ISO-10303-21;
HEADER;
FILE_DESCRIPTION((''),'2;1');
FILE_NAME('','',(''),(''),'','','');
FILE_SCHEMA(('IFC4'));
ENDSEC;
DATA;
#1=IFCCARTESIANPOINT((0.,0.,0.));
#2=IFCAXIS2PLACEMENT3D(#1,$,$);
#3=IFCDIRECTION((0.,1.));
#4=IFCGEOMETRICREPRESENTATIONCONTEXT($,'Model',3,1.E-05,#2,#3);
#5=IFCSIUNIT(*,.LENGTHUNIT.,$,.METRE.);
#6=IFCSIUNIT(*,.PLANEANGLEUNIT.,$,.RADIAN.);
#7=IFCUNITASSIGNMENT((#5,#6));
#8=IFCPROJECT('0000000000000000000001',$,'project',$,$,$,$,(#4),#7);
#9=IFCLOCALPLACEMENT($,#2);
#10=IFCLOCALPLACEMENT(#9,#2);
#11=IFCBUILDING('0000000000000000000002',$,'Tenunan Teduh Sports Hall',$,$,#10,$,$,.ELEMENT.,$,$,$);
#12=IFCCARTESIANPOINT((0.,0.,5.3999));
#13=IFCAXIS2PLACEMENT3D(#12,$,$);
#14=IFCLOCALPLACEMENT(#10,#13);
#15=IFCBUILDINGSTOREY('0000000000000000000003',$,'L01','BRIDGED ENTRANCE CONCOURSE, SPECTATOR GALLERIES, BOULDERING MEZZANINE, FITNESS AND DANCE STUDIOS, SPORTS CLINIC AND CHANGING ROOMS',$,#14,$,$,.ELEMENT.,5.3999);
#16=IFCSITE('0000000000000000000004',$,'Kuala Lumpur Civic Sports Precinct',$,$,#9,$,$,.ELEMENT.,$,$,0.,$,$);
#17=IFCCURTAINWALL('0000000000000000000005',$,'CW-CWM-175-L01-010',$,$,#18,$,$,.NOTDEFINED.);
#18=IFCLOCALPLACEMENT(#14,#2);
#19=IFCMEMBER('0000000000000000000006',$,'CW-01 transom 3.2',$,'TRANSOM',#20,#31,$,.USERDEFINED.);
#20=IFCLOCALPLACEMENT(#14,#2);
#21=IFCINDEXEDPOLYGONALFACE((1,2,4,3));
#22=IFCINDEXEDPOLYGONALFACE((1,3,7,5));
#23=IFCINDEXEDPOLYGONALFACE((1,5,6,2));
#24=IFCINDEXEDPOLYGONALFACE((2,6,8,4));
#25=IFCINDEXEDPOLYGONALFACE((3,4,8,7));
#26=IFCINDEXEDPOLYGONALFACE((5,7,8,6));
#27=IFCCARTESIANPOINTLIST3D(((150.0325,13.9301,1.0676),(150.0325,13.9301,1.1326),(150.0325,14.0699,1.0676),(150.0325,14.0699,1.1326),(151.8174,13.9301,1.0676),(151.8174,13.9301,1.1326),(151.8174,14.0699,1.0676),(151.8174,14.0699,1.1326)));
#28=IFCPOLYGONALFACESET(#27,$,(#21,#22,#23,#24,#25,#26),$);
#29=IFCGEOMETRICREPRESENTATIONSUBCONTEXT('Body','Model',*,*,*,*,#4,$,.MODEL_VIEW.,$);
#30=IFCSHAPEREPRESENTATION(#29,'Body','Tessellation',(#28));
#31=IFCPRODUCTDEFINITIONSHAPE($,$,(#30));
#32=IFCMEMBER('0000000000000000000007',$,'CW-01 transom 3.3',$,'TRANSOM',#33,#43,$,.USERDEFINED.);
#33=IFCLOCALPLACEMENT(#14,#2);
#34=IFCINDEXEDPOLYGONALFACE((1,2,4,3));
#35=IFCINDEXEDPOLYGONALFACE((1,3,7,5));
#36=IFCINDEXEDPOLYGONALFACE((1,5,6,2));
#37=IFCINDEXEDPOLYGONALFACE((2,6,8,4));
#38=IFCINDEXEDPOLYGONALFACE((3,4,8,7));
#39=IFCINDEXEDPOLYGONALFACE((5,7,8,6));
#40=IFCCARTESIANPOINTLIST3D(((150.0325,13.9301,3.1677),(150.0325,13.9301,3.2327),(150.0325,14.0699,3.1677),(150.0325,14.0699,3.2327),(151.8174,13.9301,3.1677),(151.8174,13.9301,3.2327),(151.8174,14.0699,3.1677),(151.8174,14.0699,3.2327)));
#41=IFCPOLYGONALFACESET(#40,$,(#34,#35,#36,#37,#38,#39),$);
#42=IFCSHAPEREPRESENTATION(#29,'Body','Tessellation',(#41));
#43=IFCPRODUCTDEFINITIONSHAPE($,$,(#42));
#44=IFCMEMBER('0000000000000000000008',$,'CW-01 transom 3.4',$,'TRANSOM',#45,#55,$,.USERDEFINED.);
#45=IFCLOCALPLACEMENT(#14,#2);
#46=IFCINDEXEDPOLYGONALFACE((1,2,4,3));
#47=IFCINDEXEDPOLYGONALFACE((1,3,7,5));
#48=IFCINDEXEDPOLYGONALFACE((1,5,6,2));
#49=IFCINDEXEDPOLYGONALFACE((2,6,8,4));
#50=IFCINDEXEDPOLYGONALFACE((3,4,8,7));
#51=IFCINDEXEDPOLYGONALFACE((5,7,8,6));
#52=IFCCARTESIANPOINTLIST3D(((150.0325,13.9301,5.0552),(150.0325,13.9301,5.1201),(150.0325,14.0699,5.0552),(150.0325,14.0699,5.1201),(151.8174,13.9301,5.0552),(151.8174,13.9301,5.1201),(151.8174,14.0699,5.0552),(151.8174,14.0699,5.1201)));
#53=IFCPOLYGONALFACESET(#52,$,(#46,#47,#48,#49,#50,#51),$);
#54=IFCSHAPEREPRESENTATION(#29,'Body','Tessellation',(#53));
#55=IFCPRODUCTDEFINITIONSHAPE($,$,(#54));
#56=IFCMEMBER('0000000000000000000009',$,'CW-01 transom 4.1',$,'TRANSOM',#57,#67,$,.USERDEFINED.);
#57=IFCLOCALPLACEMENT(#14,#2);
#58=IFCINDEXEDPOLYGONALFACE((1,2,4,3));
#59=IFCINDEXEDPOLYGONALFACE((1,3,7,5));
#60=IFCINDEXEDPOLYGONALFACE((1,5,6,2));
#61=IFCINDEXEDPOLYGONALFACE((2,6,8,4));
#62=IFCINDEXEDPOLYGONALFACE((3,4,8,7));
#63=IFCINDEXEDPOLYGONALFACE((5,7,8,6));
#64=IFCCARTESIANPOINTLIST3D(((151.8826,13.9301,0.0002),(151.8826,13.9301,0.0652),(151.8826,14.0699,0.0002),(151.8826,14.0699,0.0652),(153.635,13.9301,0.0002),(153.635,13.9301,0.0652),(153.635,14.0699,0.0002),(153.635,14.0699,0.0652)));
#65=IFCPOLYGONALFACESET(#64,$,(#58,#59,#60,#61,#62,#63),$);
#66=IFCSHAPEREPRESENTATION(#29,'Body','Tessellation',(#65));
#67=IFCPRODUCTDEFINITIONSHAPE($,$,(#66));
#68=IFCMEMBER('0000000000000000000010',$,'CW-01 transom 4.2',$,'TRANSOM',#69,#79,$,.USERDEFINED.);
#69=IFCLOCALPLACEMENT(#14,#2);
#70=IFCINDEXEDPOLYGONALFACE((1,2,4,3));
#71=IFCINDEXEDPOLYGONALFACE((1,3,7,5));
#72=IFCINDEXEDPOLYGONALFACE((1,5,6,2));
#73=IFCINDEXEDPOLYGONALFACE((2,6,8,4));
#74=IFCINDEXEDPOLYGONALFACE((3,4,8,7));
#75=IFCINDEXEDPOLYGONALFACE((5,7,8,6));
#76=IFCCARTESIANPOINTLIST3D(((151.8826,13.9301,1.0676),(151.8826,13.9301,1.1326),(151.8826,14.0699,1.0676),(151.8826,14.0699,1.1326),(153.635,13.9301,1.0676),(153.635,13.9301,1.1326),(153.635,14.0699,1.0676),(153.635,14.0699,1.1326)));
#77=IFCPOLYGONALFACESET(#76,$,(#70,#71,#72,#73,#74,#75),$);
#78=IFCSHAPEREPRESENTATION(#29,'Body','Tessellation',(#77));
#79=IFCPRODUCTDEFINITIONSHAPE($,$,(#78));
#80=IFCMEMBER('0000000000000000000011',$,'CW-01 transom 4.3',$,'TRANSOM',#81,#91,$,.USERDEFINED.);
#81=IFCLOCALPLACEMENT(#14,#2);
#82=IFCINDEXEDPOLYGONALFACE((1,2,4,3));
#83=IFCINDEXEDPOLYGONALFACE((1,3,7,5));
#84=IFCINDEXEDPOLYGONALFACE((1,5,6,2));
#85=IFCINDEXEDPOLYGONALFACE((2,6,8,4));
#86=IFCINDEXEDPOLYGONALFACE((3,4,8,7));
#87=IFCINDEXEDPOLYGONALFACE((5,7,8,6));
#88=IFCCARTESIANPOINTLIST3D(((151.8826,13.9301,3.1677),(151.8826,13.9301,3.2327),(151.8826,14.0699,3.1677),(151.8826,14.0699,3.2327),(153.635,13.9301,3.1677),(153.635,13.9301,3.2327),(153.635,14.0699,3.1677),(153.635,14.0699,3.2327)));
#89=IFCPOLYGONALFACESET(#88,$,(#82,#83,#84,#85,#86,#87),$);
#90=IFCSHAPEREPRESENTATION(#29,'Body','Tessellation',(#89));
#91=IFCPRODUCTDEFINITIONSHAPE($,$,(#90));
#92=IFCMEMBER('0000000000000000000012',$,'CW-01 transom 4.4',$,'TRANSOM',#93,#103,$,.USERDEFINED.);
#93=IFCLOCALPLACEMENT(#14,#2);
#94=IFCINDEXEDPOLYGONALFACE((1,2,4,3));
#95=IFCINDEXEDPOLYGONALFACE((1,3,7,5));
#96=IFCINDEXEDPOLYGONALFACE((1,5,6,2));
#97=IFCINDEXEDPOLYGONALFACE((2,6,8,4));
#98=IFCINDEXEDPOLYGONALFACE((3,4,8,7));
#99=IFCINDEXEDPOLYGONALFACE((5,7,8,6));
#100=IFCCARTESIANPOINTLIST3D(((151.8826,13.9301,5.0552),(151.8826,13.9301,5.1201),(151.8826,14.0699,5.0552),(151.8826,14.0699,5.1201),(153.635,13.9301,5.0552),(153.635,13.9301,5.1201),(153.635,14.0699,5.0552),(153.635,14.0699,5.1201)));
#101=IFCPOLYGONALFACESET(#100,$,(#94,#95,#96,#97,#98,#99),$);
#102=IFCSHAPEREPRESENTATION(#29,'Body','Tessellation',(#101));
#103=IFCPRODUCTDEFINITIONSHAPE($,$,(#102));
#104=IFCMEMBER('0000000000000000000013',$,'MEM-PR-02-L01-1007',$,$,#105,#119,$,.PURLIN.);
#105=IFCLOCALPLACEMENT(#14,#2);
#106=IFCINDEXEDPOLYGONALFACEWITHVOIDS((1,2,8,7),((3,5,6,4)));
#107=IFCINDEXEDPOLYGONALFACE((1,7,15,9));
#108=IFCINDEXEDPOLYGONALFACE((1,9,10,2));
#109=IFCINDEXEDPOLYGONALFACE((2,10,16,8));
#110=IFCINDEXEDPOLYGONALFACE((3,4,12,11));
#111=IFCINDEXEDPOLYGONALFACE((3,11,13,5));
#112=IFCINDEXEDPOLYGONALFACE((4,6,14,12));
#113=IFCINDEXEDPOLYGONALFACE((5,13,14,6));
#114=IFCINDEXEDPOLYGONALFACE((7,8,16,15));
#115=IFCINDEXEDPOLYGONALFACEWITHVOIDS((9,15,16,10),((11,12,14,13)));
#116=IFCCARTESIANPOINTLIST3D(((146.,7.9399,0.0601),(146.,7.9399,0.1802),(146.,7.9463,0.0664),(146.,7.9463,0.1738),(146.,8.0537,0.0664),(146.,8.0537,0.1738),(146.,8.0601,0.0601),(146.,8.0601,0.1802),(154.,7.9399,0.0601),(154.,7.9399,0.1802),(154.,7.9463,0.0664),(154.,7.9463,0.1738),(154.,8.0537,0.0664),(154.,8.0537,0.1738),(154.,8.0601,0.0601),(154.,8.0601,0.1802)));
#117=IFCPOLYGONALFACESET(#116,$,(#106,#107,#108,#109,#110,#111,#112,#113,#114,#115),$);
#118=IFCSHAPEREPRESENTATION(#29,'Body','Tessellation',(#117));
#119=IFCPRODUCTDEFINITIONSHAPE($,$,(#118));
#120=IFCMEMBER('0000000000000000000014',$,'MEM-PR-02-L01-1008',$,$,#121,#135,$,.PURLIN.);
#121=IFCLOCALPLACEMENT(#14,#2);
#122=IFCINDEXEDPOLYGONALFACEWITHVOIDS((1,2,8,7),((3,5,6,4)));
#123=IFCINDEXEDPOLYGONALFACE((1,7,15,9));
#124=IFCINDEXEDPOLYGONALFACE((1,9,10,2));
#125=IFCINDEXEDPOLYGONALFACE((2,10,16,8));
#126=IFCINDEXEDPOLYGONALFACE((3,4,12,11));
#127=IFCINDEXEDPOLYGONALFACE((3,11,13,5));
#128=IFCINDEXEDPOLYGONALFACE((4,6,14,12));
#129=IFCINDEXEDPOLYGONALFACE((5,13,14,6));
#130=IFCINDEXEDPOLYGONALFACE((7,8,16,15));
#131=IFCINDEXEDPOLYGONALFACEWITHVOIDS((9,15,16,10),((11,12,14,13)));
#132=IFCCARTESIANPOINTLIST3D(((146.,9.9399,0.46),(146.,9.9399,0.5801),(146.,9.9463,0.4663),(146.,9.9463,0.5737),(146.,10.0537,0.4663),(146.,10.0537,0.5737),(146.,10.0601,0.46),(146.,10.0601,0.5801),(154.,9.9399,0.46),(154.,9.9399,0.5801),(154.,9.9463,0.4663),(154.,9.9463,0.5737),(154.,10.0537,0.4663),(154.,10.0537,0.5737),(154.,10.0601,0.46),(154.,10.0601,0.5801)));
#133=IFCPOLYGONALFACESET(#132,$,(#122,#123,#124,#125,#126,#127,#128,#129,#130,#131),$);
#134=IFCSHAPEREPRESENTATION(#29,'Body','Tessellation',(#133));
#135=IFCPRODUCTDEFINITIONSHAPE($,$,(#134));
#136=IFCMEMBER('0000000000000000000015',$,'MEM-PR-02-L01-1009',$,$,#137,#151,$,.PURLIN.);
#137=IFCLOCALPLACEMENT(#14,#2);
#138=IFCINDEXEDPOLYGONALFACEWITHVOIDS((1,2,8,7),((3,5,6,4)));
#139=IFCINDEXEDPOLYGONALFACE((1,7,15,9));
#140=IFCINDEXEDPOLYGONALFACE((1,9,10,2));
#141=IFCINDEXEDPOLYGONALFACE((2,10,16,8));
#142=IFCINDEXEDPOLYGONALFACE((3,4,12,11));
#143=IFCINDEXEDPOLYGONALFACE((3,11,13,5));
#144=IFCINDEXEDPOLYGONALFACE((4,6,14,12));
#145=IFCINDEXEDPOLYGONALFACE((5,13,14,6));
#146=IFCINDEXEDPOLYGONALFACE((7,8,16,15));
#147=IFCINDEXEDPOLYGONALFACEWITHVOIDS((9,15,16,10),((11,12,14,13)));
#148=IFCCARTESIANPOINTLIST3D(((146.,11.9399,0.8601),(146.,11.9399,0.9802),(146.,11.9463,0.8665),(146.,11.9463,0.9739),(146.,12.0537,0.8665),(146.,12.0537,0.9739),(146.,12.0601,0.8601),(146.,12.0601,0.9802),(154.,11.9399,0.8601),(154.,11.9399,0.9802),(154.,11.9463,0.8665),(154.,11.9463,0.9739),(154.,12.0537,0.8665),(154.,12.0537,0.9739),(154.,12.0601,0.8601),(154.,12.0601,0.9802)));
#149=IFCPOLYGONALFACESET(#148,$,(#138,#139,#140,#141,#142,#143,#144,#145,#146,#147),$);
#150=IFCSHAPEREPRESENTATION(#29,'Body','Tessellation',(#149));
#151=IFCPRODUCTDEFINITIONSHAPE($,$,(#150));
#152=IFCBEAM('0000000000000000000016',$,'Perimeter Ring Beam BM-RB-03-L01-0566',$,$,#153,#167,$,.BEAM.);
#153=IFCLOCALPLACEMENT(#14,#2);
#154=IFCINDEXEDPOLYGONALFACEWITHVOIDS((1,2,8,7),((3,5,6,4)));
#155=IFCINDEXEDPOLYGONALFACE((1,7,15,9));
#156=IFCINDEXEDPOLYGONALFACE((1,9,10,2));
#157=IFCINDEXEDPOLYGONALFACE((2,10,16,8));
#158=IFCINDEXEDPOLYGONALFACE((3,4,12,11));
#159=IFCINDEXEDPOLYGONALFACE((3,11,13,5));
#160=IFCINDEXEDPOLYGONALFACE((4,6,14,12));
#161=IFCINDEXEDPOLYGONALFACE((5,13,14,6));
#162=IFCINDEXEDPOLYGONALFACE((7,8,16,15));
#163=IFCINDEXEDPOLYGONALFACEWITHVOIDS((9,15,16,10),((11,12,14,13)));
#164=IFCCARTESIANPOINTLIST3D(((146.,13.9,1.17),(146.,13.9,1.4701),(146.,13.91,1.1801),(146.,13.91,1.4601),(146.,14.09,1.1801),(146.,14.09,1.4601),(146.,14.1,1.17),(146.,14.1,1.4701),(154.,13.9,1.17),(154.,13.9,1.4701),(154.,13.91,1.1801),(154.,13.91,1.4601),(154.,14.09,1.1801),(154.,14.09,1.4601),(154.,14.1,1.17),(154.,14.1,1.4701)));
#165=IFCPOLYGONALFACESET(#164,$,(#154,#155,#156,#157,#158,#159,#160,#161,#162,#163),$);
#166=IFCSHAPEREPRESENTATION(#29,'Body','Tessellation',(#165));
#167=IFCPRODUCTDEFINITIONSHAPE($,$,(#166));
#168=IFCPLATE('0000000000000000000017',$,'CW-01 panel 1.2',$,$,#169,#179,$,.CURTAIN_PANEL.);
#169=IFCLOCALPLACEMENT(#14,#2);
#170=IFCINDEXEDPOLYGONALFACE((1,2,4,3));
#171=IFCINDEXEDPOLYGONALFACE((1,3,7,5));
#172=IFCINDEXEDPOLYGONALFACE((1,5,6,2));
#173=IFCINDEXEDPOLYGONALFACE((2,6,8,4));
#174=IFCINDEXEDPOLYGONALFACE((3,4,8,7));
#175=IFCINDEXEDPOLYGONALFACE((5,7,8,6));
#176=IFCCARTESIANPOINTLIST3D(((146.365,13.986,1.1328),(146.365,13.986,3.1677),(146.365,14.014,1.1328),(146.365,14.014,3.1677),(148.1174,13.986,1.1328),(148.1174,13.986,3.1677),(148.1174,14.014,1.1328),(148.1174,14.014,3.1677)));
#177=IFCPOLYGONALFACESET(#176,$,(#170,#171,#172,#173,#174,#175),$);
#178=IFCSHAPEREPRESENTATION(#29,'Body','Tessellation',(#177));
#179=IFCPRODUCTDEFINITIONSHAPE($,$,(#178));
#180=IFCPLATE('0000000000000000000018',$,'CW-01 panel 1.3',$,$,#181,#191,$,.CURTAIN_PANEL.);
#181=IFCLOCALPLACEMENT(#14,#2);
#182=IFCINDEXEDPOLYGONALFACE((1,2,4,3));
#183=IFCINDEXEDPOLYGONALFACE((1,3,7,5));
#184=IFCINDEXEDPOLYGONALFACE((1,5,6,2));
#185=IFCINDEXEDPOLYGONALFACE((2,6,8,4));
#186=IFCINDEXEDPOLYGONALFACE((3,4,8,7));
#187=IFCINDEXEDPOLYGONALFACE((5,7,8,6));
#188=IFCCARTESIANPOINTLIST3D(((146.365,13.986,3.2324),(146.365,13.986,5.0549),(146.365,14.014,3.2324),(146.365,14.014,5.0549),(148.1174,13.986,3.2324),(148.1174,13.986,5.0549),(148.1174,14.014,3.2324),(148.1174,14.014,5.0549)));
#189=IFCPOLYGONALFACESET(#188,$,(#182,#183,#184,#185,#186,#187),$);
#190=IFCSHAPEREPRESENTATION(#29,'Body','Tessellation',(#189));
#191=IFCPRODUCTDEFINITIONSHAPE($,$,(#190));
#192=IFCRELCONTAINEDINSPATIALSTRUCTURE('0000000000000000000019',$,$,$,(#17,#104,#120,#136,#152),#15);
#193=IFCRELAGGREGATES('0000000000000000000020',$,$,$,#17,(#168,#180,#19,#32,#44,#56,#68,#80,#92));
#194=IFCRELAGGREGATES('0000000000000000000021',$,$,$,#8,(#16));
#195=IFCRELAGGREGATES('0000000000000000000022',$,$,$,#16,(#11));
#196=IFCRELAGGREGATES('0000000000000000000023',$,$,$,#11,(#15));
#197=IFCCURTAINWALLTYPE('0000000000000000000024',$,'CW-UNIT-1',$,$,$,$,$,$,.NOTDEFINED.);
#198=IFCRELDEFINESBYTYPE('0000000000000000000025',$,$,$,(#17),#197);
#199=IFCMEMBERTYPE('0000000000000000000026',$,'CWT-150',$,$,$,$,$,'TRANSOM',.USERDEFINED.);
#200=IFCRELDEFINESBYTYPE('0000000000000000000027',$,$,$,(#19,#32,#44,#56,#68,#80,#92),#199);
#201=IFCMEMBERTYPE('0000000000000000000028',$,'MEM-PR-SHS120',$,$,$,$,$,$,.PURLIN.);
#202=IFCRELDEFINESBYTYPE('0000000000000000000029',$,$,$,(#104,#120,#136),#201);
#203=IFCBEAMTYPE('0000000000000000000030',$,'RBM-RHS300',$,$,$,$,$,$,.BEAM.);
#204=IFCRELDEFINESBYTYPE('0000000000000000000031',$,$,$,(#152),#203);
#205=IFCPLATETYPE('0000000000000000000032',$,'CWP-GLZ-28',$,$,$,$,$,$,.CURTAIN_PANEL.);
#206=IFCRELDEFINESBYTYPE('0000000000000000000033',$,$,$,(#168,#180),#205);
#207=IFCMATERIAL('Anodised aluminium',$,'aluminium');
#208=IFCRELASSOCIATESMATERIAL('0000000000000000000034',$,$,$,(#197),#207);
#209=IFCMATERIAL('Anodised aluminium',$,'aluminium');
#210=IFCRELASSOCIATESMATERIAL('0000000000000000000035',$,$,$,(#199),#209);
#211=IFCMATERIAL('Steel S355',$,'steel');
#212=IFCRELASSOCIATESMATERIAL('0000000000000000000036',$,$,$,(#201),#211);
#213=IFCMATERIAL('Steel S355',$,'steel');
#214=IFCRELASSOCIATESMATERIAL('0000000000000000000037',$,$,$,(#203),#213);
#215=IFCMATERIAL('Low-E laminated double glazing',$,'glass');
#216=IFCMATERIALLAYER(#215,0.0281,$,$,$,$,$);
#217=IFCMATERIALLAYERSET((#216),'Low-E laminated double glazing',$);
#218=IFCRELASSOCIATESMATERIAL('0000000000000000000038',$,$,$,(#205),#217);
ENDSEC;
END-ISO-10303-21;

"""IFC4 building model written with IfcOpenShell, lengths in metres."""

from ifc_helpers import new_model, si_unit, direction, frame, origin, origin_2d, place, context, subcontext, project, spatial, rectangle, hollow_rectangle, extrude, material, layer, layer_set, material_profile, profile_set, type_object, element, aggregate, save


model = new_model("IFC4")

# Units and contexts
model_context = context("Model", 3, precision=1e-05, world=origin(), true_north=direction((0.0, 1.0)))
body_context = subcontext(model_context, "Body", "Model", "MODEL_VIEW")
ifc_project = project(units=[si_unit("LENGTHUNIT", "METRE"), si_unit("PLANEANGLEUNIT", "RADIAN")], contexts=[model_context])

# Site, building, storey
site_placement = place(None, origin())
site = spatial("IfcSite", under=ifc_project, at=site_placement, Name="Kuala Lumpur Civic Sports Precinct", CompositionType="ELEMENT", RefElevation=0.0)
building_placement = place(site_placement, origin())
building = spatial("IfcBuilding", under=site, at=building_placement, Name="Tenunan Teduh Sports Hall", CompositionType="ELEMENT")
storey_placement = place(building_placement, frame((0.0, 0.0, 5.3999)))
storey = spatial("IfcBuildingStorey", under=building, at=storey_placement, Name="L01", Description="BRIDGED ENTRANCE CONCOURSE, SPECTATOR GALLERIES, BOULDERING MEZZANINE, FITNESS AND DANCE STUDIOS, SPORTS CLINIC AND CHANGING ROOMS", CompositionType="ELEMENT", Elevation=5.3999)

# Curtain wall, members
ifc_material_1 = material(Name="Anodised aluminium", Category="aluminium")
curtain_wall_type = type_object("IfcCurtainWallType", Name="CW-UNIT-1", PredefinedType="NOTDEFINED", material=ifc_material_1)
curtain_wall_placement = place(storey_placement, origin())
curtain_wall = element("IfcCurtainWall", 1, at=curtain_wall_placement, inside=storey, type_object=curtain_wall_type, Name="CW-CWM-175-L01-010", PredefinedType="NOTDEFINED")
ifc_material_2 = material(Name="Anodised aluminium", Category="aluminium")
ifc_material_profile_1 = material_profile(ifc_material_2, rectangle(XDim=0.0649, YDim=0.1399, at=origin_2d()), Name="CWT 65x140")
ifc_profile_set_1 = profile_set([ifc_material_profile_1], Name="Anodised aluminium")
member_type_1 = type_object("IfcMemberType", Name="CWT-150", ElementType="TRANSOM", PredefinedType="USERDEFINED", material=ifc_profile_set_1)
member_1_placement = place(storey_placement, frame((150.0325, 14.0, 1.1001), z_axis=(1.0, 0.0, 0.0), x_axis=(0.0, 0.0, 1.0)))
member_1 = element("IfcMember", 2, at=member_1_placement, type_object=member_type_1, Name="CW-01 transom 3.2", ObjectType="TRANSOM", PredefinedType="USERDEFINED", context=body_context, shape_type="SweptSolid", body=[
    extrude(rectangle(XDim=0.0649, YDim=0.1399, at=origin_2d()), origin(), (0.0, 0.0, 1.0), 1.7849),
])
member_2_placement = place(storey_placement, frame((150.0325, 14.0, 3.2002), z_axis=(1.0, 0.0, 0.0), x_axis=(0.0, 0.0, 1.0)))
member_2 = element("IfcMember", 3, at=member_2_placement, type_object=member_type_1, Name="CW-01 transom 3.3", ObjectType="TRANSOM", PredefinedType="USERDEFINED", context=body_context, shape_type="SweptSolid", body=[
    extrude(rectangle(XDim=0.0649, YDim=0.1399, at=origin_2d()), origin(), (0.0, 0.0, 1.0), 1.7849),
])
member_3_placement = place(storey_placement, frame((150.0325, 14.0, 5.0876), z_axis=(1.0, 0.0, 0.0), x_axis=(0.0, 0.0, 1.0)))
member_3 = element("IfcMember", 4, at=member_3_placement, type_object=member_type_1, Name="CW-01 transom 3.4", ObjectType="TRANSOM", PredefinedType="USERDEFINED", context=body_context, shape_type="SweptSolid", body=[
    extrude(rectangle(XDim=0.0649, YDim=0.1399, at=origin_2d()), origin(), (0.0, 0.0, 1.0), 1.7849),
])
member_4_placement = place(storey_placement, frame((151.8826, 14.0, 0.0327), z_axis=(1.0, 0.0, 0.0), x_axis=(0.0, 0.0, 1.0)))
member_4 = element("IfcMember", 5, at=member_4_placement, type_object=member_type_1, Name="CW-01 transom 4.1", ObjectType="TRANSOM", PredefinedType="USERDEFINED", context=body_context, shape_type="SweptSolid", body=[
    extrude(rectangle(XDim=0.0649, YDim=0.1399, at=origin_2d()), origin(), (0.0, 0.0, 1.0), 1.7524),
])
member_5_placement = place(storey_placement, frame((151.8826, 14.0, 1.1001), z_axis=(1.0, 0.0, 0.0), x_axis=(0.0, 0.0, 1.0)))
member_5 = element("IfcMember", 6, at=member_5_placement, type_object=member_type_1, Name="CW-01 transom 4.2", ObjectType="TRANSOM", PredefinedType="USERDEFINED", context=body_context, shape_type="SweptSolid", body=[
    extrude(rectangle(XDim=0.0649, YDim=0.1399, at=origin_2d()), origin(), (0.0, 0.0, 1.0), 1.7524),
])
member_6_placement = place(storey_placement, frame((151.8826, 14.0, 3.2002), z_axis=(1.0, 0.0, 0.0), x_axis=(0.0, 0.0, 1.0)))
member_6 = element("IfcMember", 7, at=member_6_placement, type_object=member_type_1, Name="CW-01 transom 4.3", ObjectType="TRANSOM", PredefinedType="USERDEFINED", context=body_context, shape_type="SweptSolid", body=[
    extrude(rectangle(XDim=0.0649, YDim=0.1399, at=origin_2d()), origin(), (0.0, 0.0, 1.0), 1.7524),
])
member_7_placement = place(storey_placement, frame((151.8826, 14.0, 5.0876), z_axis=(1.0, 0.0, 0.0), x_axis=(0.0, 0.0, 1.0)))
member_7 = element("IfcMember", 8, at=member_7_placement, type_object=member_type_1, Name="CW-01 transom 4.4", ObjectType="TRANSOM", PredefinedType="USERDEFINED", context=body_context, shape_type="SweptSolid", body=[
    extrude(rectangle(XDim=0.0649, YDim=0.1399, at=origin_2d()), origin(), (0.0, 0.0, 1.0), 1.7524),
])

# Members
ifc_material_3 = material(Name="Steel S355", Category="steel")
ifc_material_profile_2 = material_profile(ifc_material_3, hollow_rectangle(XDim=0.1201, YDim=0.1201, WallThickness=0.0063, at=origin_2d()), Name="SHS 120x120x6.3")
ifc_profile_set_2 = profile_set([ifc_material_profile_2], Name="Steel S355")
member_type_2 = type_object("IfcMemberType", Name="MEM-PR-SHS120", PredefinedType="PURLIN", material=ifc_profile_set_2)
for number, where, z_axis, x_axis, name in (
    (9, (146.0, 8.0, 0.1201), (1.0, 0.0, 0.0), (0.0, 1.0, 0.0), "MEM-PR-02-L01-1007"),
    (10, (146.0, 10.0, 0.52), (1.0, 0.0, 0.0), (0.0, 1.0, 0.0), "MEM-PR-02-L01-1008"),
    (11, (146.0, 12.0, 0.9202), (1.0, 0.0, 0.0), (0.0, 1.0, 0.0), "MEM-PR-02-L01-1009"),
):
    element("IfcMember", number, at=place(storey_placement, frame(where, z_axis=z_axis, x_axis=x_axis)), inside=storey, type_object=member_type_2, Name=name, PredefinedType="PURLIN", context=body_context, shape_type="SweptSolid", body=[
        extrude(hollow_rectangle(XDim=0.1201, YDim=0.1201, WallThickness=0.0063, at=origin_2d()), origin(), (0.0, 0.0, 1.0), 8.0),
    ])

# Beam
ifc_material_4 = material(Name="Steel S355", Category="steel")
ifc_material_profile_3 = material_profile(ifc_material_4, hollow_rectangle(XDim=0.2, YDim=0.3, WallThickness=0.01, at=origin_2d()), Name="RHS 300x200x10.0")
ifc_profile_set_3 = profile_set([ifc_material_profile_3], Name="Steel S355")
beam_type = type_object("IfcBeamType", Name="RBM-RHS300", PredefinedType="BEAM", material=ifc_profile_set_3)
beam_placement = place(storey_placement, frame((146.0, 14.0, 1.3201), z_axis=(1.0, 0.0, 0.0), x_axis=(0.0, 1.0, 0.0)))
element("IfcBeam", 12, at=beam_placement, inside=storey, type_object=beam_type, Name="Perimeter Ring Beam BM-RB-03-L01-0566", PredefinedType="BEAM", context=body_context, shape_type="SweptSolid", body=[
    extrude(hollow_rectangle(XDim=0.2, YDim=0.3, WallThickness=0.01, at=origin_2d()), origin(), (0.0, 0.0, 1.0), 8.0),
])

# Plates
ifc_material_5 = material(Name="Low-E laminated double glazing", Category="glass")
ifc_layer_1 = layer(ifc_material_5, 0.0281)
ifc_layer_set_1 = layer_set([ifc_layer_1], Name="Low-E laminated double glazing")
plate_type_1 = type_object("IfcPlateType", Name="CWP-GLZ-28", PredefinedType="CURTAIN_PANEL", material=ifc_layer_set_1)
plate_1_placement = place(storey_placement, frame((147.2412, 14.0, 1.1328), z_axis=(0.0, 0.0, 1.0), x_axis=(1.0, 0.0, 0.0)))
plate_1 = element("IfcPlate", 13, at=plate_1_placement, type_object=plate_type_1, Name="CW-01 panel 1.2", PredefinedType="CURTAIN_PANEL", context=body_context, shape_type="SweptSolid", body=[
    extrude(rectangle(XDim=1.7524, YDim=0.0281, at=origin_2d()), origin(), (0.0, 0.0, 1.0), 2.0349),
])
plate_2_placement = place(storey_placement, frame((147.2412, 14.0, 3.2324), z_axis=(0.0, 0.0, 1.0), x_axis=(1.0, 0.0, 0.0)))
plate_2 = element("IfcPlate", 14, at=plate_2_placement, type_object=plate_type_1, Name="CW-01 panel 1.3", PredefinedType="CURTAIN_PANEL", context=body_context, shape_type="SweptSolid", body=[
    extrude(rectangle(XDim=1.7524, YDim=0.0281, at=origin_2d()), origin(), (0.0, 0.0, 1.0), 1.8225),
])
aggregate(curtain_wall, [plate_1, plate_2, member_1, member_2, member_3, member_4, member_5, member_6, member_7])

save(model, "model.ifc")
